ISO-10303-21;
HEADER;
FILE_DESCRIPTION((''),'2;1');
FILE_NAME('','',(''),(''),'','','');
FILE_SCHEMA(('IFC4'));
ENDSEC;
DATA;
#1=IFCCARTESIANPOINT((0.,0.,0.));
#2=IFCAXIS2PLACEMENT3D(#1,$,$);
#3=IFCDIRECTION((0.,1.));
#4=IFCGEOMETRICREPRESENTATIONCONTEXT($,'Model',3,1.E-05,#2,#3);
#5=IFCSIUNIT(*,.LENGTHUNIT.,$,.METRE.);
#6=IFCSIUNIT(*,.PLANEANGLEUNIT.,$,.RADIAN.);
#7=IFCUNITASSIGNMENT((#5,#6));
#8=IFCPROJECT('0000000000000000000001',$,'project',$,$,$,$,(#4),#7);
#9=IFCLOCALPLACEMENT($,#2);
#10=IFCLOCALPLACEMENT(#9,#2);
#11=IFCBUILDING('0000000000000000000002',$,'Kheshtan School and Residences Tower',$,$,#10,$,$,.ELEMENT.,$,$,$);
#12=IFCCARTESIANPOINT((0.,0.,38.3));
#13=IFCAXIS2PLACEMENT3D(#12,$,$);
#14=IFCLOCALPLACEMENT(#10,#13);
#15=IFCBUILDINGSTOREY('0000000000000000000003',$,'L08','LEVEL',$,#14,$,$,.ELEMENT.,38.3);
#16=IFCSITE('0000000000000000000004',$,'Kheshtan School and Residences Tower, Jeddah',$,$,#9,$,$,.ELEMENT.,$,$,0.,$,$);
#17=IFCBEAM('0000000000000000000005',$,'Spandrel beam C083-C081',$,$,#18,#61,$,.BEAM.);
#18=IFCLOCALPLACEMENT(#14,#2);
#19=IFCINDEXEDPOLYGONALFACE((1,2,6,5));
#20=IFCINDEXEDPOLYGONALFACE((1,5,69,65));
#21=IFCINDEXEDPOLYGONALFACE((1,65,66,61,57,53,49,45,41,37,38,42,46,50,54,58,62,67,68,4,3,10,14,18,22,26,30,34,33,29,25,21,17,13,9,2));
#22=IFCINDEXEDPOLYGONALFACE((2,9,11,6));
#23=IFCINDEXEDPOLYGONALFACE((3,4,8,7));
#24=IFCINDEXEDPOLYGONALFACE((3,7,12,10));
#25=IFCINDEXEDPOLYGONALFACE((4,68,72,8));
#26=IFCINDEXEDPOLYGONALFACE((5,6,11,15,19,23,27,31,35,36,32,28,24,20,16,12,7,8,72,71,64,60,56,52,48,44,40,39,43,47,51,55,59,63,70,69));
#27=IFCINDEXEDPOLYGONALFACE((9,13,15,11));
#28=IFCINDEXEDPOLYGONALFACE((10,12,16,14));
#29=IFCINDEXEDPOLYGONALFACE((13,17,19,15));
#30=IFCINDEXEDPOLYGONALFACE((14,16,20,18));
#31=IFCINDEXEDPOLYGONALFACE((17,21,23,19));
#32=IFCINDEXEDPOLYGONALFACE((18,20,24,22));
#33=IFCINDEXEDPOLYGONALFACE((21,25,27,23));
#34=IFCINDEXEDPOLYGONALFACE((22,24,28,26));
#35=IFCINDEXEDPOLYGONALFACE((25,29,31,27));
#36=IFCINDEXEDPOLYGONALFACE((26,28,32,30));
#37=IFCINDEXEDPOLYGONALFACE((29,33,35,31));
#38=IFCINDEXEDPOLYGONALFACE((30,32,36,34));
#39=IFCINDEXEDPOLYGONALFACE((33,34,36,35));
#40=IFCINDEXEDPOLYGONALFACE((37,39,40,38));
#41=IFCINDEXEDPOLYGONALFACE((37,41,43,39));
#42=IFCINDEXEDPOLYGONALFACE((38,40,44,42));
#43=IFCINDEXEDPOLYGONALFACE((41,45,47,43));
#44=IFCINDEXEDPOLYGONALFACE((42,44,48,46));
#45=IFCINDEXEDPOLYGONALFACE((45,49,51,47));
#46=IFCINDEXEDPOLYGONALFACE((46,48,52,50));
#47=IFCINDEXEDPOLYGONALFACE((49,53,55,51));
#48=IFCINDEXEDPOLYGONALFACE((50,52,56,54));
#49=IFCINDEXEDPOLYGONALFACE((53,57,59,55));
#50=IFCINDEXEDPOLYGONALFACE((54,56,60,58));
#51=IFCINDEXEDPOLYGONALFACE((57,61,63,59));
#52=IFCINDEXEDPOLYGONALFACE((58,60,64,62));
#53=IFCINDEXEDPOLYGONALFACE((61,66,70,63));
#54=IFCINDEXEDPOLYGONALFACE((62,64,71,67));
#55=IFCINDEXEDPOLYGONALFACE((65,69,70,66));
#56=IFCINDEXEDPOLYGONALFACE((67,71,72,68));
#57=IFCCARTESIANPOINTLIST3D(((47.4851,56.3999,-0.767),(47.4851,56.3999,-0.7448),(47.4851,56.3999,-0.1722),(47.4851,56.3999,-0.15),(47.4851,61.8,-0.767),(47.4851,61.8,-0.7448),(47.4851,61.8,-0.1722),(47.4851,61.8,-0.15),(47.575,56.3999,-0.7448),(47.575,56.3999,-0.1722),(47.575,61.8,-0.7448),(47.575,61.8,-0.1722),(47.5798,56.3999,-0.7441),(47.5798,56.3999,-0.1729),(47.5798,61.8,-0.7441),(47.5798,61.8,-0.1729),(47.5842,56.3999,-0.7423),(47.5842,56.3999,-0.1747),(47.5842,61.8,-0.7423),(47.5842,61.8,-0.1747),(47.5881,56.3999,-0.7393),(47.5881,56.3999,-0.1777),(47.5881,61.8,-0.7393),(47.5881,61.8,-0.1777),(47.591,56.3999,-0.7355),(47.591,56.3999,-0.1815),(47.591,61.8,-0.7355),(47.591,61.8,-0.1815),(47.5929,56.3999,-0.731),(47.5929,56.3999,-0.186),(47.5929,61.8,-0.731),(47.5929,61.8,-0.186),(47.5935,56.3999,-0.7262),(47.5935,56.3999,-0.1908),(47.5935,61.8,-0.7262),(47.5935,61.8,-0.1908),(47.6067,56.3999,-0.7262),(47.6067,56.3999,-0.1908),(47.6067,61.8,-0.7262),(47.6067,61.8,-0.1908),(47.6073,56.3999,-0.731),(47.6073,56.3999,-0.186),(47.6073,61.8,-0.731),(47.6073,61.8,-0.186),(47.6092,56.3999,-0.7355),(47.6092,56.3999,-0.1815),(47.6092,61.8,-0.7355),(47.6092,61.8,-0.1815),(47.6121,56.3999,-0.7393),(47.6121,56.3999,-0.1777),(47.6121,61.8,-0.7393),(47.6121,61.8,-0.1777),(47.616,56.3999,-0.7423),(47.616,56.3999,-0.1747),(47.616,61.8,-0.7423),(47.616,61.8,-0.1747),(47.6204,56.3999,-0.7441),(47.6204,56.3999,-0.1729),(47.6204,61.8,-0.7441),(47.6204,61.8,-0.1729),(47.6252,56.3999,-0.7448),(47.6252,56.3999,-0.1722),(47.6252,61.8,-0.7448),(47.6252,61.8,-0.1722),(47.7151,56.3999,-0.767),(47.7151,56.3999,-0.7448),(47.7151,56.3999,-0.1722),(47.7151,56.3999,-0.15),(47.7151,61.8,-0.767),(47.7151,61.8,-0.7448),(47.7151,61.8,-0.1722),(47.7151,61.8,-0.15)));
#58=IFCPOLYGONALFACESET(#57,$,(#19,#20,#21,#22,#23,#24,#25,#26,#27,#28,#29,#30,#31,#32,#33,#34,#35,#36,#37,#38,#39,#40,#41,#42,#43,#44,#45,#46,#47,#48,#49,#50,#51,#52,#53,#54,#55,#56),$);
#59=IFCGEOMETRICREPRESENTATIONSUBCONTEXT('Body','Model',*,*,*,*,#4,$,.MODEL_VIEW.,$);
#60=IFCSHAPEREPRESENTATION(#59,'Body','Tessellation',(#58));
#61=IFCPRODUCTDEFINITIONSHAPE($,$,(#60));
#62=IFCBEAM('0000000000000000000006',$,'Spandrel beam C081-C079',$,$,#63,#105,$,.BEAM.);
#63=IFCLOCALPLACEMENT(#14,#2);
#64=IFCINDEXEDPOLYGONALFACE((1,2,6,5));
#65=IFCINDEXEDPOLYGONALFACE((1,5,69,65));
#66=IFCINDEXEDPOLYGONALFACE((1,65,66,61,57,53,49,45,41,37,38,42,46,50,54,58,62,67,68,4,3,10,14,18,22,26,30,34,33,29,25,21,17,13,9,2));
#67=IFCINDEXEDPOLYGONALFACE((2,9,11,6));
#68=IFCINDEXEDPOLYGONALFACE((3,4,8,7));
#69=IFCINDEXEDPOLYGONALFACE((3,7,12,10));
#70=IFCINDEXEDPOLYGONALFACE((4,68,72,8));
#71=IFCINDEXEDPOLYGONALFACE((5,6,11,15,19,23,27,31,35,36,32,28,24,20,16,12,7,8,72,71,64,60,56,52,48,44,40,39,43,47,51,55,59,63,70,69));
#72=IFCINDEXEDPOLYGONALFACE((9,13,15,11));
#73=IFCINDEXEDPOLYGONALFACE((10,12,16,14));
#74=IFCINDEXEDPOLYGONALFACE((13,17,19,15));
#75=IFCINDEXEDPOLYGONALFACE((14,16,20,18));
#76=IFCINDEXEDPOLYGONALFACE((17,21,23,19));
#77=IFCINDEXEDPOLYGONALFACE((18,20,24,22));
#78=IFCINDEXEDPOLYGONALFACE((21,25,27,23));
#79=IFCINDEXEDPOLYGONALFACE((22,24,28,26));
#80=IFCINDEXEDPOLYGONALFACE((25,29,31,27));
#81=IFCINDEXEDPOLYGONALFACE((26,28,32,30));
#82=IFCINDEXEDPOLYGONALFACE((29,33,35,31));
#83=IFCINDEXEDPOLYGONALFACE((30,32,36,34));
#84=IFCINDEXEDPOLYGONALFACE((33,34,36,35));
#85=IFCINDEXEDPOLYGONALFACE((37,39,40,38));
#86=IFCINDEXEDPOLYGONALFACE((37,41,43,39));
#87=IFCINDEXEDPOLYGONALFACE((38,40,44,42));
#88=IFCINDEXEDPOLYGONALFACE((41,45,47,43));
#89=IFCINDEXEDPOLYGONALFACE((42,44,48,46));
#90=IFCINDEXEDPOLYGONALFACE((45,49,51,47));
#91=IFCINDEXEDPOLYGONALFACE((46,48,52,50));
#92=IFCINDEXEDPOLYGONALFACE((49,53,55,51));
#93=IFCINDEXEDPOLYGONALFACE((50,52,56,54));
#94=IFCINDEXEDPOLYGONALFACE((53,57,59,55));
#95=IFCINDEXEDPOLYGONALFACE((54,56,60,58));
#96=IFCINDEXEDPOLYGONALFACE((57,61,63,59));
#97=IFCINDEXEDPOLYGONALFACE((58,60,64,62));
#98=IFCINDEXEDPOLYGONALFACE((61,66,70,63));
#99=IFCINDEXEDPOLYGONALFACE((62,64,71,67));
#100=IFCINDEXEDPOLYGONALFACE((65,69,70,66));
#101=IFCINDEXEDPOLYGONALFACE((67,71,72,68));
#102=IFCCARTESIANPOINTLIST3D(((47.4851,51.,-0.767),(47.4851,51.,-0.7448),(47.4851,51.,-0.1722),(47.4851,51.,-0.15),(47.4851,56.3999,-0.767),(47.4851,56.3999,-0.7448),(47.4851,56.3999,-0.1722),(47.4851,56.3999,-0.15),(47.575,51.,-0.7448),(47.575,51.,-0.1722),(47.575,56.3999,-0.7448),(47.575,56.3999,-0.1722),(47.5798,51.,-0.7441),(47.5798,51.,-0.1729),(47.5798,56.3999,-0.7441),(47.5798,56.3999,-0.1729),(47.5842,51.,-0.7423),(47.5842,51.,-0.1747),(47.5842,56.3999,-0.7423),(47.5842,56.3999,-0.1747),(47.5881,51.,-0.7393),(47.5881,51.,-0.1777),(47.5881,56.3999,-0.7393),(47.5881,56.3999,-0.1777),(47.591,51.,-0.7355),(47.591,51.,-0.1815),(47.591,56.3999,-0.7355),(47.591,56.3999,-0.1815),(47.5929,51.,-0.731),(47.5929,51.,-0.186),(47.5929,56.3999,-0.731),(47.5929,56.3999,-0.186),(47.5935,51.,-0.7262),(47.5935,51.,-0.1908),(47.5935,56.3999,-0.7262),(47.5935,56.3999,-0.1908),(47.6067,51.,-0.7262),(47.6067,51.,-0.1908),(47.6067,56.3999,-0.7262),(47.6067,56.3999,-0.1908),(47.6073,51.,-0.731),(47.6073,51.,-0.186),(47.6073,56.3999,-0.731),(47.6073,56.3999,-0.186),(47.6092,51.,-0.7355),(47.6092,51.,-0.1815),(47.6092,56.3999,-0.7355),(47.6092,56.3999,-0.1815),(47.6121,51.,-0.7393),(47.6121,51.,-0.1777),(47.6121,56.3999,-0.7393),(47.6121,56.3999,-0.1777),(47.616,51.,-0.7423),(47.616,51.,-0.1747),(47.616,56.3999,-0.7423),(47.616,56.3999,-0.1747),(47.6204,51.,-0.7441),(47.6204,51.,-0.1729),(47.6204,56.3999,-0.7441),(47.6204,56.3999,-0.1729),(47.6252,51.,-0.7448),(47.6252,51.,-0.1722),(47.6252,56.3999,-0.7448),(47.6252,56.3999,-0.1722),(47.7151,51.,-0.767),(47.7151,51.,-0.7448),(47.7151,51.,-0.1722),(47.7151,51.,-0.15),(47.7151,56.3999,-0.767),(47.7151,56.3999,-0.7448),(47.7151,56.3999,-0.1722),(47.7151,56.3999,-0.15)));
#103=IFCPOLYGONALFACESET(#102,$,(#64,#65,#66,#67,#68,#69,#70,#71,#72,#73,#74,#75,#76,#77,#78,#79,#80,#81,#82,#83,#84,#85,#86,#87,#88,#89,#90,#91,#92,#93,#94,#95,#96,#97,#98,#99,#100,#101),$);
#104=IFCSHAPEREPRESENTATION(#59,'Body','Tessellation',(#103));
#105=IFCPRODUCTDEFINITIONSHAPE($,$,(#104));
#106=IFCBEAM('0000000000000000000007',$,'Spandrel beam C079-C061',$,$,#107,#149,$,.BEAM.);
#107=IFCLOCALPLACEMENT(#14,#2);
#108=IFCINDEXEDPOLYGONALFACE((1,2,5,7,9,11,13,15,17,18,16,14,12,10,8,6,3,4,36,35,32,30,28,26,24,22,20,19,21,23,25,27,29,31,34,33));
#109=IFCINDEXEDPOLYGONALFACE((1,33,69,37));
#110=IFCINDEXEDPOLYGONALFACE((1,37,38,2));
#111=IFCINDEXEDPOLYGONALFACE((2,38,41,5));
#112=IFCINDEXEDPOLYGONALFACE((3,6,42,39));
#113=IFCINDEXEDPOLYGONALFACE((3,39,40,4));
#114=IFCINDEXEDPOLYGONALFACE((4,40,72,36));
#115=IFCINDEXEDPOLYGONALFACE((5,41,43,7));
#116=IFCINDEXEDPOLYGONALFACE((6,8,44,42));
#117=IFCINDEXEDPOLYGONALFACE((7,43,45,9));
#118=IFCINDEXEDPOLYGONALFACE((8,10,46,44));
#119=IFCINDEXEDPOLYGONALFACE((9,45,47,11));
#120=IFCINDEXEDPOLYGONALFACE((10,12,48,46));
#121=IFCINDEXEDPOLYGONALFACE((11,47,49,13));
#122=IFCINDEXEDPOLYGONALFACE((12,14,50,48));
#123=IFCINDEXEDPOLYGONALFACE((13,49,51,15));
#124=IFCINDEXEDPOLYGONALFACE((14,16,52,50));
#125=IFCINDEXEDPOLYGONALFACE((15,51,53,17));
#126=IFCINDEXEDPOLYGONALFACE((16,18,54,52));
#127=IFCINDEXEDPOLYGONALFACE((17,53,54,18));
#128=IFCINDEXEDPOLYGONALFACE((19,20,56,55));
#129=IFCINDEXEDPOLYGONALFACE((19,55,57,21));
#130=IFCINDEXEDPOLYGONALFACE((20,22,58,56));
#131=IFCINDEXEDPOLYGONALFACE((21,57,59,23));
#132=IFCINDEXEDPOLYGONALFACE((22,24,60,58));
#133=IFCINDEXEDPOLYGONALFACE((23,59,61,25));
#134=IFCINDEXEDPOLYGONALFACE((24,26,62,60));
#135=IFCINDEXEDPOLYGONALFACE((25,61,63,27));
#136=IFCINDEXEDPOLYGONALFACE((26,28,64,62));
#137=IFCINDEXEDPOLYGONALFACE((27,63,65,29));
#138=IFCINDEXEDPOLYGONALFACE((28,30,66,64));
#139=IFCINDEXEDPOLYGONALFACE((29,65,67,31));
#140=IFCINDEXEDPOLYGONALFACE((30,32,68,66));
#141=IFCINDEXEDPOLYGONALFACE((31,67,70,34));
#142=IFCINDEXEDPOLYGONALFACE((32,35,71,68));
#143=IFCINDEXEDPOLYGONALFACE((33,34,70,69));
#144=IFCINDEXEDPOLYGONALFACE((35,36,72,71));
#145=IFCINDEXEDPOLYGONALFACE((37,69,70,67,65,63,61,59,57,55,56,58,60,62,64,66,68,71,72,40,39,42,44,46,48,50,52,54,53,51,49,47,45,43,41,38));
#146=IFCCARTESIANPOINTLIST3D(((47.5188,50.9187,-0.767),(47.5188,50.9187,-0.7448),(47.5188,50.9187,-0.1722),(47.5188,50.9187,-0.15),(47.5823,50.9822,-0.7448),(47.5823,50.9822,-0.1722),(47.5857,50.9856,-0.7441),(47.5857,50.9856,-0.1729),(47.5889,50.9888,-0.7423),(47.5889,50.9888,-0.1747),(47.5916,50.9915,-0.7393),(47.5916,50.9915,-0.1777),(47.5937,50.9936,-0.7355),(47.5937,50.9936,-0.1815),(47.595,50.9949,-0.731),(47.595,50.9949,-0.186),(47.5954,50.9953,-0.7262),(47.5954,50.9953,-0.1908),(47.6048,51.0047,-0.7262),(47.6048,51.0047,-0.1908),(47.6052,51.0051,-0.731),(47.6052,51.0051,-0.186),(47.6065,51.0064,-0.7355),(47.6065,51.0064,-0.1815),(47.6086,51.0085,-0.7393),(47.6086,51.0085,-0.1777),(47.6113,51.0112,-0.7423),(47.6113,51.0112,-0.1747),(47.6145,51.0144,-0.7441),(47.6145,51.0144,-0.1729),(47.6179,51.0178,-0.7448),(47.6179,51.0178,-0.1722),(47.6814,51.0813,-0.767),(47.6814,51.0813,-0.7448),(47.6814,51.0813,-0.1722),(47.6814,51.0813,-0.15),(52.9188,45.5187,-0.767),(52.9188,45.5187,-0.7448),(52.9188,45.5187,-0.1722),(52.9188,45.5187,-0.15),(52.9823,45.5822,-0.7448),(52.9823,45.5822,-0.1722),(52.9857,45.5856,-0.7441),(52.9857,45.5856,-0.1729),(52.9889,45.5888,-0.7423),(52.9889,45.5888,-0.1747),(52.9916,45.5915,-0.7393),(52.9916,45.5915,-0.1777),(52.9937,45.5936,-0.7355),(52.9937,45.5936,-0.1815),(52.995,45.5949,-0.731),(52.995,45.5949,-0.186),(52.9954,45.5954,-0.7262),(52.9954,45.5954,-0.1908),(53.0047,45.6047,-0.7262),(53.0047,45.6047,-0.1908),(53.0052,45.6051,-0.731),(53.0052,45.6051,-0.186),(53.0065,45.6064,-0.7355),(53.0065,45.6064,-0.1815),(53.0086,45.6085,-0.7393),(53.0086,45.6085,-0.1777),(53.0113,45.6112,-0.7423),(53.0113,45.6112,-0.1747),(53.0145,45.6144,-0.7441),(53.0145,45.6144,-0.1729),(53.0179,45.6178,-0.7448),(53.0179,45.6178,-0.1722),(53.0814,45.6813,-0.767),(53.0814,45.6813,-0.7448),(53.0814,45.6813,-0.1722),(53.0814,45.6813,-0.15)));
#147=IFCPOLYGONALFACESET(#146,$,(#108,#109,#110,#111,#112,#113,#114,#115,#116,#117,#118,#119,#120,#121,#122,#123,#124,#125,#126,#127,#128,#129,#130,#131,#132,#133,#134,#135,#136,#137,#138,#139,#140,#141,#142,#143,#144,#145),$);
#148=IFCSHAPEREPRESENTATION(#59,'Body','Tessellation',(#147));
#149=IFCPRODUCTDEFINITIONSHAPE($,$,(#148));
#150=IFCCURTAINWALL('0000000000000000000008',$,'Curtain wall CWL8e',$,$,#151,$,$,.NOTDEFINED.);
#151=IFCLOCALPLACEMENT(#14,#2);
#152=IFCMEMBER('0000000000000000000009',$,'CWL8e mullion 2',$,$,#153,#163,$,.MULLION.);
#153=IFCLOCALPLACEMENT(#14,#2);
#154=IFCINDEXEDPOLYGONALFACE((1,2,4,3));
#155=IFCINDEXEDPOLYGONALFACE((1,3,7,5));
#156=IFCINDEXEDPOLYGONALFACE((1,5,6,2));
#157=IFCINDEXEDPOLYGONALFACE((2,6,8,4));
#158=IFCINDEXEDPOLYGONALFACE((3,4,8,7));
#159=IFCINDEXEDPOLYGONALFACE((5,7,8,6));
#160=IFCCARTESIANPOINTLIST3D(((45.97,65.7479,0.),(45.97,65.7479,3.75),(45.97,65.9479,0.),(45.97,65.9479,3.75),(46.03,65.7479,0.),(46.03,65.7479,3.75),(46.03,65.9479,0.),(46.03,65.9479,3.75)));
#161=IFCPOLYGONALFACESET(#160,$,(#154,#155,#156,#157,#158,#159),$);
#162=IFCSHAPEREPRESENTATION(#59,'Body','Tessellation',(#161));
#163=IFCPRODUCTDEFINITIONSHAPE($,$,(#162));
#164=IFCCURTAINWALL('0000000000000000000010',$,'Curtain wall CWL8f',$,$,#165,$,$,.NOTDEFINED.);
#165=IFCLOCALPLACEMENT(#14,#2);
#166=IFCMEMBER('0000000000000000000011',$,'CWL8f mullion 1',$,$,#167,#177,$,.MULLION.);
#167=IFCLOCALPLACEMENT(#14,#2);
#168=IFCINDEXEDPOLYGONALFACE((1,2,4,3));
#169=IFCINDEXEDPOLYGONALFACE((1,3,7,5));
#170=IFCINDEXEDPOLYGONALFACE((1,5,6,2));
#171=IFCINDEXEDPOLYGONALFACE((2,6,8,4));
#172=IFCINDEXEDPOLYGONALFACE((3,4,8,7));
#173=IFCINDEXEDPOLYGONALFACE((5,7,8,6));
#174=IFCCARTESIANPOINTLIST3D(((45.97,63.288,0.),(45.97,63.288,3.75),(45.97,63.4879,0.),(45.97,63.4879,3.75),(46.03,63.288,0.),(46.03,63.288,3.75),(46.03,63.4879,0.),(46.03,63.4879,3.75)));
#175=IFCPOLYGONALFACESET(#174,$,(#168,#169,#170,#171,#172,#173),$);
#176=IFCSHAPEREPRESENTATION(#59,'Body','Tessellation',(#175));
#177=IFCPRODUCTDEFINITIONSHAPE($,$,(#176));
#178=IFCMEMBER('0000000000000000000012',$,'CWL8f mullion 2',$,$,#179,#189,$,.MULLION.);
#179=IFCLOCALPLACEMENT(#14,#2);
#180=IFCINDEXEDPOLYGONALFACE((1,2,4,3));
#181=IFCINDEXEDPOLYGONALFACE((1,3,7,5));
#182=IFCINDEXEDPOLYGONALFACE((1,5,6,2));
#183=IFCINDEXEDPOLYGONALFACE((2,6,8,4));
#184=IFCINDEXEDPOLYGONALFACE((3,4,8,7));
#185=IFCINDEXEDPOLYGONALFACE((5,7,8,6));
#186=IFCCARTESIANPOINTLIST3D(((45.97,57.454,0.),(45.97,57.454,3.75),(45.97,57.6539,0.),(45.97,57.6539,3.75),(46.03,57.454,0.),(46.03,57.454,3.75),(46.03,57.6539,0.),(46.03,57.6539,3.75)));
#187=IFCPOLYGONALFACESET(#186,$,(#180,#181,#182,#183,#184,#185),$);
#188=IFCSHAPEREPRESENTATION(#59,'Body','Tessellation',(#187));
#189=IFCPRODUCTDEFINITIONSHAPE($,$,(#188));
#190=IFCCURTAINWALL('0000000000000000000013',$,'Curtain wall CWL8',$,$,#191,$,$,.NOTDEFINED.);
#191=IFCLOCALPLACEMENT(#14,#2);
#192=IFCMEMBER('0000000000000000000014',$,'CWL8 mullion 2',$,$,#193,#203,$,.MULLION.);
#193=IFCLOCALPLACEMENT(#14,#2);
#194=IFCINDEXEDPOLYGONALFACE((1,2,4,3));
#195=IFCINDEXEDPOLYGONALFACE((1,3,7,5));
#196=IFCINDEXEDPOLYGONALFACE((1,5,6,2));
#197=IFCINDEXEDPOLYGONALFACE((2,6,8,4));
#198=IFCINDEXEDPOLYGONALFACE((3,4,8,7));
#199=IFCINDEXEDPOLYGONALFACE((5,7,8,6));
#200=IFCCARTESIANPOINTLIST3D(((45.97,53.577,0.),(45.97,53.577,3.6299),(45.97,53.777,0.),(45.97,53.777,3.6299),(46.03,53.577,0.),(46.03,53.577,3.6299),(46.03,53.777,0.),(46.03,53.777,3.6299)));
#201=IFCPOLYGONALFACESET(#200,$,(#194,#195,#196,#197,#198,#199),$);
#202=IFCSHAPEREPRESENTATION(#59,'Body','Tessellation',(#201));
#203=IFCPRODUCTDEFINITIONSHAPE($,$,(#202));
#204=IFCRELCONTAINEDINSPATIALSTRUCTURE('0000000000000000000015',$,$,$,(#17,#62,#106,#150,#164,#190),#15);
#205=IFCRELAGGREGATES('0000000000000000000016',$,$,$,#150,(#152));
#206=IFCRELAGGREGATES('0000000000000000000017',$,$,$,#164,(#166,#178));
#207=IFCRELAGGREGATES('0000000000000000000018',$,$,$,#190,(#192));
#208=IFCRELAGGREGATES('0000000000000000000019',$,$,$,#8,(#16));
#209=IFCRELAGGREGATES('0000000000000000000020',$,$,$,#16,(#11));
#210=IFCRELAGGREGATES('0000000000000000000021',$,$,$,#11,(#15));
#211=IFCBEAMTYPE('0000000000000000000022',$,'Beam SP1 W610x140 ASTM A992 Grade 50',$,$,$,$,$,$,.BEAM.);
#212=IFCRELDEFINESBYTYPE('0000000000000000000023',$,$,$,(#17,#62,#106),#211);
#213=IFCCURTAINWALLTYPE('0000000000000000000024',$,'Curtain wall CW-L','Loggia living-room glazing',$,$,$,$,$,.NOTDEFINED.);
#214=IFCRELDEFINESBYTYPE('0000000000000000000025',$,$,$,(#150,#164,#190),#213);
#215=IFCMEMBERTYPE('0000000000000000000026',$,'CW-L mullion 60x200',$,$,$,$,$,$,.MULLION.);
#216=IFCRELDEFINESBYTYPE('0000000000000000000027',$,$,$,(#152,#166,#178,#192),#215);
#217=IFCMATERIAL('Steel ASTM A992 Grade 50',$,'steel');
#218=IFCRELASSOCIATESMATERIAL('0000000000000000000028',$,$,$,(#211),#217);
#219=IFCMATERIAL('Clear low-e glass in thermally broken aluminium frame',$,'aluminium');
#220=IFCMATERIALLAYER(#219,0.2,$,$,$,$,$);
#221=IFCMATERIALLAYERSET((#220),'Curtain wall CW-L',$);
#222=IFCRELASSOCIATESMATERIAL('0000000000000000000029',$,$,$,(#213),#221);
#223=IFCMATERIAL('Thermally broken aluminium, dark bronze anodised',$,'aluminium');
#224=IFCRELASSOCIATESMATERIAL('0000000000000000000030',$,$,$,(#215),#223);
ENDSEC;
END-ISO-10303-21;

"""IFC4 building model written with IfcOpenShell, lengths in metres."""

from ifc_helpers import new_model, si_unit, direction, frame, origin, origin_2d, place, context, subcontext, project, spatial, rectangle, i_section, extrude, material, layer, layer_set, material_profile, profile_set, type_object, element, aggregate, save


model = new_model("IFC4")

# Units and contexts
model_context = context("Model", 3, precision=1e-05, world=origin(), true_north=direction((0.0, 1.0)))
body_context = subcontext(model_context, "Body", "Model", "MODEL_VIEW")
ifc_project = project(units=[si_unit("LENGTHUNIT", "METRE"), si_unit("PLANEANGLEUNIT", "RADIAN")], contexts=[model_context])

# Site, building, storey
site_placement = place(None, origin())
site = spatial("IfcSite", under=ifc_project, at=site_placement, Name="Kheshtan School and Residences Tower, Jeddah", CompositionType="ELEMENT", RefElevation=0.0)
building_placement = place(site_placement, origin())
building = spatial("IfcBuilding", under=site, at=building_placement, Name="Kheshtan School and Residences Tower", CompositionType="ELEMENT")
storey_placement = place(building_placement, frame((0.0, 0.0, 38.3)))
storey = spatial("IfcBuildingStorey", under=building, at=storey_placement, Name="L08", Description="LEVEL", CompositionType="ELEMENT", Elevation=38.3)

# Shared definitions
ifc_material_1 = material(Name="Steel ASTM A992 Grade 50", Category="steel")

# Beams
ifc_material_profile_1 = material_profile(ifc_material_1, i_section(OverallWidth=0.23, OverallDepth=0.6169, WebThickness=0.0132, FlangeThickness=0.0222, FilletRadius=0.0186, at=origin_2d()), Name="W610x140")
ifc_profile_set_1 = profile_set([ifc_material_profile_1], Name="Steel ASTM A992 Grade 50")
beam_type_1 = type_object("IfcBeamType", Name="Beam SP1 W610x140 ASTM A992 Grade 50", PredefinedType="BEAM", material=ifc_profile_set_1)
beam_1_placement = place(storey_placement, frame((47.6001, 61.8, -0.4585), z_axis=(0.0, -1.0, 0.0), x_axis=(1.0, 0.0, 0.0)))
element("IfcBeam", 1, at=beam_1_placement, inside=storey, type_object=beam_type_1, Name="Spandrel beam C083-C081", PredefinedType="BEAM", context=body_context, shape_type="SweptSolid", body=[
    extrude(i_section(OverallWidth=0.23, OverallDepth=0.6169, WebThickness=0.0132, FlangeThickness=0.0222, FilletRadius=0.0186, at=origin_2d()), origin(), (0.0, 0.0, 1.0), 5.4001),
])
beam_2_placement = place(storey_placement, frame((47.6001, 56.3999, -0.4585), z_axis=(0.0, -1.0, 0.0), x_axis=(1.0, 0.0, 0.0)))
element("IfcBeam", 2, at=beam_2_placement, inside=storey, type_object=beam_type_1, Name="Spandrel beam C081-C079", PredefinedType="BEAM", context=body_context, shape_type="SweptSolid", body=[
    extrude(i_section(OverallWidth=0.23, OverallDepth=0.6169, WebThickness=0.0132, FlangeThickness=0.0222, FilletRadius=0.0186, at=origin_2d()), origin(), (0.0, 0.0, 1.0), 5.3999),
])
beam_3_placement = place(storey_placement, frame((47.6001, 51.0, -0.4585), z_axis=(0.707107, -0.707107, 0.0), x_axis=(0.707107, 0.707107, 0.0)))
element("IfcBeam", 3, at=beam_3_placement, inside=storey, type_object=beam_type_1, Name="Spandrel beam C079-C061", PredefinedType="BEAM", context=body_context, shape_type="SweptSolid", body=[
    extrude(i_section(OverallWidth=0.23, OverallDepth=0.6169, WebThickness=0.0132, FlangeThickness=0.0222, FilletRadius=0.0186, at=origin_2d()), origin(), (0.0, 0.0, 1.0), 7.6367),
])

# Curtain wall, member
ifc_material_2 = material(Name="Clear low-e glass in thermally broken aluminium frame", Category="aluminium")
ifc_layer_1 = layer(ifc_material_2, 0.2)
ifc_layer_set_1 = layer_set([ifc_layer_1], Name="Curtain wall CW-L")
curtain_wall_type = type_object("IfcCurtainWallType", Name="Curtain wall CW-L", Description="Loggia living-room glazing", PredefinedType="NOTDEFINED", material=ifc_layer_set_1)
curtain_wall_1_placement = place(storey_placement, origin())
curtain_wall_1 = element("IfcCurtainWall", 4, at=curtain_wall_1_placement, inside=storey, type_object=curtain_wall_type, Name="Curtain wall CWL8e", PredefinedType="NOTDEFINED")
ifc_material_3 = material(Name="Thermally broken aluminium, dark bronze anodised", Category="aluminium")
ifc_material_profile_2 = material_profile(ifc_material_3, rectangle(XDim=0.0601, YDim=0.2, at=origin_2d()), Name="CW-L mullion 60x200")
ifc_profile_set_2 = profile_set([ifc_material_profile_2], Name="Thermally broken aluminium, dark bronze anodised")
member_type_1 = type_object("IfcMemberType", Name="CW-L mullion 60x200", PredefinedType="MULLION", material=ifc_profile_set_2)
member_1_placement = place(storey_placement, frame((46.0, 65.8479, 0.0), z_axis=(0.0, 0.0, 1.0), x_axis=(1.0, 0.0, 0.0)))
member_1 = element("IfcMember", 5, at=member_1_placement, type_object=member_type_1, Name="CWL8e mullion 2", PredefinedType="MULLION", context=body_context, shape_type="SweptSolid", body=[
    extrude(rectangle(XDim=0.0601, YDim=0.2, at=origin_2d()), origin(), (0.0, 0.0, 1.0), 3.75),
])
aggregate(curtain_wall_1, [member_1])

# Curtain walls, members
curtain_wall_2_placement = place(storey_placement, origin())
curtain_wall_2 = element("IfcCurtainWall", 6, at=curtain_wall_2_placement, inside=storey, type_object=curtain_wall_type, Name="Curtain wall CWL8f", PredefinedType="NOTDEFINED")
member_2_placement = place(storey_placement, frame((46.0, 63.3879, 0.0), z_axis=(0.0, 0.0, 1.0), x_axis=(1.0, 0.0, 0.0)))
member_2 = element("IfcMember", 7, at=member_2_placement, type_object=member_type_1, Name="CWL8f mullion 1", PredefinedType="MULLION", context=body_context, shape_type="SweptSolid", body=[
    extrude(rectangle(XDim=0.0601, YDim=0.2, at=origin_2d()), origin(), (0.0, 0.0, 1.0), 3.75),
])
member_3_placement = place(storey_placement, frame((46.0, 57.554, 0.0), z_axis=(0.0, 0.0, 1.0), x_axis=(1.0, 0.0, 0.0)))
member_3 = element("IfcMember", 8, at=member_3_placement, type_object=member_type_1, Name="CWL8f mullion 2", PredefinedType="MULLION", context=body_context, shape_type="SweptSolid", body=[
    extrude(rectangle(XDim=0.0601, YDim=0.2, at=origin_2d()), origin(), (0.0, 0.0, 1.0), 3.75),
])
curtain_wall_3_placement = place(storey_placement, origin())
curtain_wall_3 = element("IfcCurtainWall", 9, at=curtain_wall_3_placement, inside=storey, type_object=curtain_wall_type, Name="Curtain wall CWL8", PredefinedType="NOTDEFINED")
member_4_placement = place(storey_placement, frame((46.0, 53.677, 0.0), z_axis=(0.0, 0.0, 1.0), x_axis=(1.0, 0.0, 0.0)))
member_4 = element("IfcMember", 10, at=member_4_placement, type_object=member_type_1, Name="CWL8 mullion 2", PredefinedType="MULLION", context=body_context, shape_type="SweptSolid", body=[
    extrude(rectangle(XDim=0.0601, YDim=0.2, at=origin_2d()), origin(), (0.0, 0.0, 1.0), 3.6299),
])

aggregate(curtain_wall_2, [member_2, member_3])
aggregate(curtain_wall_3, [member_4])

save(model, "model.ifc")
